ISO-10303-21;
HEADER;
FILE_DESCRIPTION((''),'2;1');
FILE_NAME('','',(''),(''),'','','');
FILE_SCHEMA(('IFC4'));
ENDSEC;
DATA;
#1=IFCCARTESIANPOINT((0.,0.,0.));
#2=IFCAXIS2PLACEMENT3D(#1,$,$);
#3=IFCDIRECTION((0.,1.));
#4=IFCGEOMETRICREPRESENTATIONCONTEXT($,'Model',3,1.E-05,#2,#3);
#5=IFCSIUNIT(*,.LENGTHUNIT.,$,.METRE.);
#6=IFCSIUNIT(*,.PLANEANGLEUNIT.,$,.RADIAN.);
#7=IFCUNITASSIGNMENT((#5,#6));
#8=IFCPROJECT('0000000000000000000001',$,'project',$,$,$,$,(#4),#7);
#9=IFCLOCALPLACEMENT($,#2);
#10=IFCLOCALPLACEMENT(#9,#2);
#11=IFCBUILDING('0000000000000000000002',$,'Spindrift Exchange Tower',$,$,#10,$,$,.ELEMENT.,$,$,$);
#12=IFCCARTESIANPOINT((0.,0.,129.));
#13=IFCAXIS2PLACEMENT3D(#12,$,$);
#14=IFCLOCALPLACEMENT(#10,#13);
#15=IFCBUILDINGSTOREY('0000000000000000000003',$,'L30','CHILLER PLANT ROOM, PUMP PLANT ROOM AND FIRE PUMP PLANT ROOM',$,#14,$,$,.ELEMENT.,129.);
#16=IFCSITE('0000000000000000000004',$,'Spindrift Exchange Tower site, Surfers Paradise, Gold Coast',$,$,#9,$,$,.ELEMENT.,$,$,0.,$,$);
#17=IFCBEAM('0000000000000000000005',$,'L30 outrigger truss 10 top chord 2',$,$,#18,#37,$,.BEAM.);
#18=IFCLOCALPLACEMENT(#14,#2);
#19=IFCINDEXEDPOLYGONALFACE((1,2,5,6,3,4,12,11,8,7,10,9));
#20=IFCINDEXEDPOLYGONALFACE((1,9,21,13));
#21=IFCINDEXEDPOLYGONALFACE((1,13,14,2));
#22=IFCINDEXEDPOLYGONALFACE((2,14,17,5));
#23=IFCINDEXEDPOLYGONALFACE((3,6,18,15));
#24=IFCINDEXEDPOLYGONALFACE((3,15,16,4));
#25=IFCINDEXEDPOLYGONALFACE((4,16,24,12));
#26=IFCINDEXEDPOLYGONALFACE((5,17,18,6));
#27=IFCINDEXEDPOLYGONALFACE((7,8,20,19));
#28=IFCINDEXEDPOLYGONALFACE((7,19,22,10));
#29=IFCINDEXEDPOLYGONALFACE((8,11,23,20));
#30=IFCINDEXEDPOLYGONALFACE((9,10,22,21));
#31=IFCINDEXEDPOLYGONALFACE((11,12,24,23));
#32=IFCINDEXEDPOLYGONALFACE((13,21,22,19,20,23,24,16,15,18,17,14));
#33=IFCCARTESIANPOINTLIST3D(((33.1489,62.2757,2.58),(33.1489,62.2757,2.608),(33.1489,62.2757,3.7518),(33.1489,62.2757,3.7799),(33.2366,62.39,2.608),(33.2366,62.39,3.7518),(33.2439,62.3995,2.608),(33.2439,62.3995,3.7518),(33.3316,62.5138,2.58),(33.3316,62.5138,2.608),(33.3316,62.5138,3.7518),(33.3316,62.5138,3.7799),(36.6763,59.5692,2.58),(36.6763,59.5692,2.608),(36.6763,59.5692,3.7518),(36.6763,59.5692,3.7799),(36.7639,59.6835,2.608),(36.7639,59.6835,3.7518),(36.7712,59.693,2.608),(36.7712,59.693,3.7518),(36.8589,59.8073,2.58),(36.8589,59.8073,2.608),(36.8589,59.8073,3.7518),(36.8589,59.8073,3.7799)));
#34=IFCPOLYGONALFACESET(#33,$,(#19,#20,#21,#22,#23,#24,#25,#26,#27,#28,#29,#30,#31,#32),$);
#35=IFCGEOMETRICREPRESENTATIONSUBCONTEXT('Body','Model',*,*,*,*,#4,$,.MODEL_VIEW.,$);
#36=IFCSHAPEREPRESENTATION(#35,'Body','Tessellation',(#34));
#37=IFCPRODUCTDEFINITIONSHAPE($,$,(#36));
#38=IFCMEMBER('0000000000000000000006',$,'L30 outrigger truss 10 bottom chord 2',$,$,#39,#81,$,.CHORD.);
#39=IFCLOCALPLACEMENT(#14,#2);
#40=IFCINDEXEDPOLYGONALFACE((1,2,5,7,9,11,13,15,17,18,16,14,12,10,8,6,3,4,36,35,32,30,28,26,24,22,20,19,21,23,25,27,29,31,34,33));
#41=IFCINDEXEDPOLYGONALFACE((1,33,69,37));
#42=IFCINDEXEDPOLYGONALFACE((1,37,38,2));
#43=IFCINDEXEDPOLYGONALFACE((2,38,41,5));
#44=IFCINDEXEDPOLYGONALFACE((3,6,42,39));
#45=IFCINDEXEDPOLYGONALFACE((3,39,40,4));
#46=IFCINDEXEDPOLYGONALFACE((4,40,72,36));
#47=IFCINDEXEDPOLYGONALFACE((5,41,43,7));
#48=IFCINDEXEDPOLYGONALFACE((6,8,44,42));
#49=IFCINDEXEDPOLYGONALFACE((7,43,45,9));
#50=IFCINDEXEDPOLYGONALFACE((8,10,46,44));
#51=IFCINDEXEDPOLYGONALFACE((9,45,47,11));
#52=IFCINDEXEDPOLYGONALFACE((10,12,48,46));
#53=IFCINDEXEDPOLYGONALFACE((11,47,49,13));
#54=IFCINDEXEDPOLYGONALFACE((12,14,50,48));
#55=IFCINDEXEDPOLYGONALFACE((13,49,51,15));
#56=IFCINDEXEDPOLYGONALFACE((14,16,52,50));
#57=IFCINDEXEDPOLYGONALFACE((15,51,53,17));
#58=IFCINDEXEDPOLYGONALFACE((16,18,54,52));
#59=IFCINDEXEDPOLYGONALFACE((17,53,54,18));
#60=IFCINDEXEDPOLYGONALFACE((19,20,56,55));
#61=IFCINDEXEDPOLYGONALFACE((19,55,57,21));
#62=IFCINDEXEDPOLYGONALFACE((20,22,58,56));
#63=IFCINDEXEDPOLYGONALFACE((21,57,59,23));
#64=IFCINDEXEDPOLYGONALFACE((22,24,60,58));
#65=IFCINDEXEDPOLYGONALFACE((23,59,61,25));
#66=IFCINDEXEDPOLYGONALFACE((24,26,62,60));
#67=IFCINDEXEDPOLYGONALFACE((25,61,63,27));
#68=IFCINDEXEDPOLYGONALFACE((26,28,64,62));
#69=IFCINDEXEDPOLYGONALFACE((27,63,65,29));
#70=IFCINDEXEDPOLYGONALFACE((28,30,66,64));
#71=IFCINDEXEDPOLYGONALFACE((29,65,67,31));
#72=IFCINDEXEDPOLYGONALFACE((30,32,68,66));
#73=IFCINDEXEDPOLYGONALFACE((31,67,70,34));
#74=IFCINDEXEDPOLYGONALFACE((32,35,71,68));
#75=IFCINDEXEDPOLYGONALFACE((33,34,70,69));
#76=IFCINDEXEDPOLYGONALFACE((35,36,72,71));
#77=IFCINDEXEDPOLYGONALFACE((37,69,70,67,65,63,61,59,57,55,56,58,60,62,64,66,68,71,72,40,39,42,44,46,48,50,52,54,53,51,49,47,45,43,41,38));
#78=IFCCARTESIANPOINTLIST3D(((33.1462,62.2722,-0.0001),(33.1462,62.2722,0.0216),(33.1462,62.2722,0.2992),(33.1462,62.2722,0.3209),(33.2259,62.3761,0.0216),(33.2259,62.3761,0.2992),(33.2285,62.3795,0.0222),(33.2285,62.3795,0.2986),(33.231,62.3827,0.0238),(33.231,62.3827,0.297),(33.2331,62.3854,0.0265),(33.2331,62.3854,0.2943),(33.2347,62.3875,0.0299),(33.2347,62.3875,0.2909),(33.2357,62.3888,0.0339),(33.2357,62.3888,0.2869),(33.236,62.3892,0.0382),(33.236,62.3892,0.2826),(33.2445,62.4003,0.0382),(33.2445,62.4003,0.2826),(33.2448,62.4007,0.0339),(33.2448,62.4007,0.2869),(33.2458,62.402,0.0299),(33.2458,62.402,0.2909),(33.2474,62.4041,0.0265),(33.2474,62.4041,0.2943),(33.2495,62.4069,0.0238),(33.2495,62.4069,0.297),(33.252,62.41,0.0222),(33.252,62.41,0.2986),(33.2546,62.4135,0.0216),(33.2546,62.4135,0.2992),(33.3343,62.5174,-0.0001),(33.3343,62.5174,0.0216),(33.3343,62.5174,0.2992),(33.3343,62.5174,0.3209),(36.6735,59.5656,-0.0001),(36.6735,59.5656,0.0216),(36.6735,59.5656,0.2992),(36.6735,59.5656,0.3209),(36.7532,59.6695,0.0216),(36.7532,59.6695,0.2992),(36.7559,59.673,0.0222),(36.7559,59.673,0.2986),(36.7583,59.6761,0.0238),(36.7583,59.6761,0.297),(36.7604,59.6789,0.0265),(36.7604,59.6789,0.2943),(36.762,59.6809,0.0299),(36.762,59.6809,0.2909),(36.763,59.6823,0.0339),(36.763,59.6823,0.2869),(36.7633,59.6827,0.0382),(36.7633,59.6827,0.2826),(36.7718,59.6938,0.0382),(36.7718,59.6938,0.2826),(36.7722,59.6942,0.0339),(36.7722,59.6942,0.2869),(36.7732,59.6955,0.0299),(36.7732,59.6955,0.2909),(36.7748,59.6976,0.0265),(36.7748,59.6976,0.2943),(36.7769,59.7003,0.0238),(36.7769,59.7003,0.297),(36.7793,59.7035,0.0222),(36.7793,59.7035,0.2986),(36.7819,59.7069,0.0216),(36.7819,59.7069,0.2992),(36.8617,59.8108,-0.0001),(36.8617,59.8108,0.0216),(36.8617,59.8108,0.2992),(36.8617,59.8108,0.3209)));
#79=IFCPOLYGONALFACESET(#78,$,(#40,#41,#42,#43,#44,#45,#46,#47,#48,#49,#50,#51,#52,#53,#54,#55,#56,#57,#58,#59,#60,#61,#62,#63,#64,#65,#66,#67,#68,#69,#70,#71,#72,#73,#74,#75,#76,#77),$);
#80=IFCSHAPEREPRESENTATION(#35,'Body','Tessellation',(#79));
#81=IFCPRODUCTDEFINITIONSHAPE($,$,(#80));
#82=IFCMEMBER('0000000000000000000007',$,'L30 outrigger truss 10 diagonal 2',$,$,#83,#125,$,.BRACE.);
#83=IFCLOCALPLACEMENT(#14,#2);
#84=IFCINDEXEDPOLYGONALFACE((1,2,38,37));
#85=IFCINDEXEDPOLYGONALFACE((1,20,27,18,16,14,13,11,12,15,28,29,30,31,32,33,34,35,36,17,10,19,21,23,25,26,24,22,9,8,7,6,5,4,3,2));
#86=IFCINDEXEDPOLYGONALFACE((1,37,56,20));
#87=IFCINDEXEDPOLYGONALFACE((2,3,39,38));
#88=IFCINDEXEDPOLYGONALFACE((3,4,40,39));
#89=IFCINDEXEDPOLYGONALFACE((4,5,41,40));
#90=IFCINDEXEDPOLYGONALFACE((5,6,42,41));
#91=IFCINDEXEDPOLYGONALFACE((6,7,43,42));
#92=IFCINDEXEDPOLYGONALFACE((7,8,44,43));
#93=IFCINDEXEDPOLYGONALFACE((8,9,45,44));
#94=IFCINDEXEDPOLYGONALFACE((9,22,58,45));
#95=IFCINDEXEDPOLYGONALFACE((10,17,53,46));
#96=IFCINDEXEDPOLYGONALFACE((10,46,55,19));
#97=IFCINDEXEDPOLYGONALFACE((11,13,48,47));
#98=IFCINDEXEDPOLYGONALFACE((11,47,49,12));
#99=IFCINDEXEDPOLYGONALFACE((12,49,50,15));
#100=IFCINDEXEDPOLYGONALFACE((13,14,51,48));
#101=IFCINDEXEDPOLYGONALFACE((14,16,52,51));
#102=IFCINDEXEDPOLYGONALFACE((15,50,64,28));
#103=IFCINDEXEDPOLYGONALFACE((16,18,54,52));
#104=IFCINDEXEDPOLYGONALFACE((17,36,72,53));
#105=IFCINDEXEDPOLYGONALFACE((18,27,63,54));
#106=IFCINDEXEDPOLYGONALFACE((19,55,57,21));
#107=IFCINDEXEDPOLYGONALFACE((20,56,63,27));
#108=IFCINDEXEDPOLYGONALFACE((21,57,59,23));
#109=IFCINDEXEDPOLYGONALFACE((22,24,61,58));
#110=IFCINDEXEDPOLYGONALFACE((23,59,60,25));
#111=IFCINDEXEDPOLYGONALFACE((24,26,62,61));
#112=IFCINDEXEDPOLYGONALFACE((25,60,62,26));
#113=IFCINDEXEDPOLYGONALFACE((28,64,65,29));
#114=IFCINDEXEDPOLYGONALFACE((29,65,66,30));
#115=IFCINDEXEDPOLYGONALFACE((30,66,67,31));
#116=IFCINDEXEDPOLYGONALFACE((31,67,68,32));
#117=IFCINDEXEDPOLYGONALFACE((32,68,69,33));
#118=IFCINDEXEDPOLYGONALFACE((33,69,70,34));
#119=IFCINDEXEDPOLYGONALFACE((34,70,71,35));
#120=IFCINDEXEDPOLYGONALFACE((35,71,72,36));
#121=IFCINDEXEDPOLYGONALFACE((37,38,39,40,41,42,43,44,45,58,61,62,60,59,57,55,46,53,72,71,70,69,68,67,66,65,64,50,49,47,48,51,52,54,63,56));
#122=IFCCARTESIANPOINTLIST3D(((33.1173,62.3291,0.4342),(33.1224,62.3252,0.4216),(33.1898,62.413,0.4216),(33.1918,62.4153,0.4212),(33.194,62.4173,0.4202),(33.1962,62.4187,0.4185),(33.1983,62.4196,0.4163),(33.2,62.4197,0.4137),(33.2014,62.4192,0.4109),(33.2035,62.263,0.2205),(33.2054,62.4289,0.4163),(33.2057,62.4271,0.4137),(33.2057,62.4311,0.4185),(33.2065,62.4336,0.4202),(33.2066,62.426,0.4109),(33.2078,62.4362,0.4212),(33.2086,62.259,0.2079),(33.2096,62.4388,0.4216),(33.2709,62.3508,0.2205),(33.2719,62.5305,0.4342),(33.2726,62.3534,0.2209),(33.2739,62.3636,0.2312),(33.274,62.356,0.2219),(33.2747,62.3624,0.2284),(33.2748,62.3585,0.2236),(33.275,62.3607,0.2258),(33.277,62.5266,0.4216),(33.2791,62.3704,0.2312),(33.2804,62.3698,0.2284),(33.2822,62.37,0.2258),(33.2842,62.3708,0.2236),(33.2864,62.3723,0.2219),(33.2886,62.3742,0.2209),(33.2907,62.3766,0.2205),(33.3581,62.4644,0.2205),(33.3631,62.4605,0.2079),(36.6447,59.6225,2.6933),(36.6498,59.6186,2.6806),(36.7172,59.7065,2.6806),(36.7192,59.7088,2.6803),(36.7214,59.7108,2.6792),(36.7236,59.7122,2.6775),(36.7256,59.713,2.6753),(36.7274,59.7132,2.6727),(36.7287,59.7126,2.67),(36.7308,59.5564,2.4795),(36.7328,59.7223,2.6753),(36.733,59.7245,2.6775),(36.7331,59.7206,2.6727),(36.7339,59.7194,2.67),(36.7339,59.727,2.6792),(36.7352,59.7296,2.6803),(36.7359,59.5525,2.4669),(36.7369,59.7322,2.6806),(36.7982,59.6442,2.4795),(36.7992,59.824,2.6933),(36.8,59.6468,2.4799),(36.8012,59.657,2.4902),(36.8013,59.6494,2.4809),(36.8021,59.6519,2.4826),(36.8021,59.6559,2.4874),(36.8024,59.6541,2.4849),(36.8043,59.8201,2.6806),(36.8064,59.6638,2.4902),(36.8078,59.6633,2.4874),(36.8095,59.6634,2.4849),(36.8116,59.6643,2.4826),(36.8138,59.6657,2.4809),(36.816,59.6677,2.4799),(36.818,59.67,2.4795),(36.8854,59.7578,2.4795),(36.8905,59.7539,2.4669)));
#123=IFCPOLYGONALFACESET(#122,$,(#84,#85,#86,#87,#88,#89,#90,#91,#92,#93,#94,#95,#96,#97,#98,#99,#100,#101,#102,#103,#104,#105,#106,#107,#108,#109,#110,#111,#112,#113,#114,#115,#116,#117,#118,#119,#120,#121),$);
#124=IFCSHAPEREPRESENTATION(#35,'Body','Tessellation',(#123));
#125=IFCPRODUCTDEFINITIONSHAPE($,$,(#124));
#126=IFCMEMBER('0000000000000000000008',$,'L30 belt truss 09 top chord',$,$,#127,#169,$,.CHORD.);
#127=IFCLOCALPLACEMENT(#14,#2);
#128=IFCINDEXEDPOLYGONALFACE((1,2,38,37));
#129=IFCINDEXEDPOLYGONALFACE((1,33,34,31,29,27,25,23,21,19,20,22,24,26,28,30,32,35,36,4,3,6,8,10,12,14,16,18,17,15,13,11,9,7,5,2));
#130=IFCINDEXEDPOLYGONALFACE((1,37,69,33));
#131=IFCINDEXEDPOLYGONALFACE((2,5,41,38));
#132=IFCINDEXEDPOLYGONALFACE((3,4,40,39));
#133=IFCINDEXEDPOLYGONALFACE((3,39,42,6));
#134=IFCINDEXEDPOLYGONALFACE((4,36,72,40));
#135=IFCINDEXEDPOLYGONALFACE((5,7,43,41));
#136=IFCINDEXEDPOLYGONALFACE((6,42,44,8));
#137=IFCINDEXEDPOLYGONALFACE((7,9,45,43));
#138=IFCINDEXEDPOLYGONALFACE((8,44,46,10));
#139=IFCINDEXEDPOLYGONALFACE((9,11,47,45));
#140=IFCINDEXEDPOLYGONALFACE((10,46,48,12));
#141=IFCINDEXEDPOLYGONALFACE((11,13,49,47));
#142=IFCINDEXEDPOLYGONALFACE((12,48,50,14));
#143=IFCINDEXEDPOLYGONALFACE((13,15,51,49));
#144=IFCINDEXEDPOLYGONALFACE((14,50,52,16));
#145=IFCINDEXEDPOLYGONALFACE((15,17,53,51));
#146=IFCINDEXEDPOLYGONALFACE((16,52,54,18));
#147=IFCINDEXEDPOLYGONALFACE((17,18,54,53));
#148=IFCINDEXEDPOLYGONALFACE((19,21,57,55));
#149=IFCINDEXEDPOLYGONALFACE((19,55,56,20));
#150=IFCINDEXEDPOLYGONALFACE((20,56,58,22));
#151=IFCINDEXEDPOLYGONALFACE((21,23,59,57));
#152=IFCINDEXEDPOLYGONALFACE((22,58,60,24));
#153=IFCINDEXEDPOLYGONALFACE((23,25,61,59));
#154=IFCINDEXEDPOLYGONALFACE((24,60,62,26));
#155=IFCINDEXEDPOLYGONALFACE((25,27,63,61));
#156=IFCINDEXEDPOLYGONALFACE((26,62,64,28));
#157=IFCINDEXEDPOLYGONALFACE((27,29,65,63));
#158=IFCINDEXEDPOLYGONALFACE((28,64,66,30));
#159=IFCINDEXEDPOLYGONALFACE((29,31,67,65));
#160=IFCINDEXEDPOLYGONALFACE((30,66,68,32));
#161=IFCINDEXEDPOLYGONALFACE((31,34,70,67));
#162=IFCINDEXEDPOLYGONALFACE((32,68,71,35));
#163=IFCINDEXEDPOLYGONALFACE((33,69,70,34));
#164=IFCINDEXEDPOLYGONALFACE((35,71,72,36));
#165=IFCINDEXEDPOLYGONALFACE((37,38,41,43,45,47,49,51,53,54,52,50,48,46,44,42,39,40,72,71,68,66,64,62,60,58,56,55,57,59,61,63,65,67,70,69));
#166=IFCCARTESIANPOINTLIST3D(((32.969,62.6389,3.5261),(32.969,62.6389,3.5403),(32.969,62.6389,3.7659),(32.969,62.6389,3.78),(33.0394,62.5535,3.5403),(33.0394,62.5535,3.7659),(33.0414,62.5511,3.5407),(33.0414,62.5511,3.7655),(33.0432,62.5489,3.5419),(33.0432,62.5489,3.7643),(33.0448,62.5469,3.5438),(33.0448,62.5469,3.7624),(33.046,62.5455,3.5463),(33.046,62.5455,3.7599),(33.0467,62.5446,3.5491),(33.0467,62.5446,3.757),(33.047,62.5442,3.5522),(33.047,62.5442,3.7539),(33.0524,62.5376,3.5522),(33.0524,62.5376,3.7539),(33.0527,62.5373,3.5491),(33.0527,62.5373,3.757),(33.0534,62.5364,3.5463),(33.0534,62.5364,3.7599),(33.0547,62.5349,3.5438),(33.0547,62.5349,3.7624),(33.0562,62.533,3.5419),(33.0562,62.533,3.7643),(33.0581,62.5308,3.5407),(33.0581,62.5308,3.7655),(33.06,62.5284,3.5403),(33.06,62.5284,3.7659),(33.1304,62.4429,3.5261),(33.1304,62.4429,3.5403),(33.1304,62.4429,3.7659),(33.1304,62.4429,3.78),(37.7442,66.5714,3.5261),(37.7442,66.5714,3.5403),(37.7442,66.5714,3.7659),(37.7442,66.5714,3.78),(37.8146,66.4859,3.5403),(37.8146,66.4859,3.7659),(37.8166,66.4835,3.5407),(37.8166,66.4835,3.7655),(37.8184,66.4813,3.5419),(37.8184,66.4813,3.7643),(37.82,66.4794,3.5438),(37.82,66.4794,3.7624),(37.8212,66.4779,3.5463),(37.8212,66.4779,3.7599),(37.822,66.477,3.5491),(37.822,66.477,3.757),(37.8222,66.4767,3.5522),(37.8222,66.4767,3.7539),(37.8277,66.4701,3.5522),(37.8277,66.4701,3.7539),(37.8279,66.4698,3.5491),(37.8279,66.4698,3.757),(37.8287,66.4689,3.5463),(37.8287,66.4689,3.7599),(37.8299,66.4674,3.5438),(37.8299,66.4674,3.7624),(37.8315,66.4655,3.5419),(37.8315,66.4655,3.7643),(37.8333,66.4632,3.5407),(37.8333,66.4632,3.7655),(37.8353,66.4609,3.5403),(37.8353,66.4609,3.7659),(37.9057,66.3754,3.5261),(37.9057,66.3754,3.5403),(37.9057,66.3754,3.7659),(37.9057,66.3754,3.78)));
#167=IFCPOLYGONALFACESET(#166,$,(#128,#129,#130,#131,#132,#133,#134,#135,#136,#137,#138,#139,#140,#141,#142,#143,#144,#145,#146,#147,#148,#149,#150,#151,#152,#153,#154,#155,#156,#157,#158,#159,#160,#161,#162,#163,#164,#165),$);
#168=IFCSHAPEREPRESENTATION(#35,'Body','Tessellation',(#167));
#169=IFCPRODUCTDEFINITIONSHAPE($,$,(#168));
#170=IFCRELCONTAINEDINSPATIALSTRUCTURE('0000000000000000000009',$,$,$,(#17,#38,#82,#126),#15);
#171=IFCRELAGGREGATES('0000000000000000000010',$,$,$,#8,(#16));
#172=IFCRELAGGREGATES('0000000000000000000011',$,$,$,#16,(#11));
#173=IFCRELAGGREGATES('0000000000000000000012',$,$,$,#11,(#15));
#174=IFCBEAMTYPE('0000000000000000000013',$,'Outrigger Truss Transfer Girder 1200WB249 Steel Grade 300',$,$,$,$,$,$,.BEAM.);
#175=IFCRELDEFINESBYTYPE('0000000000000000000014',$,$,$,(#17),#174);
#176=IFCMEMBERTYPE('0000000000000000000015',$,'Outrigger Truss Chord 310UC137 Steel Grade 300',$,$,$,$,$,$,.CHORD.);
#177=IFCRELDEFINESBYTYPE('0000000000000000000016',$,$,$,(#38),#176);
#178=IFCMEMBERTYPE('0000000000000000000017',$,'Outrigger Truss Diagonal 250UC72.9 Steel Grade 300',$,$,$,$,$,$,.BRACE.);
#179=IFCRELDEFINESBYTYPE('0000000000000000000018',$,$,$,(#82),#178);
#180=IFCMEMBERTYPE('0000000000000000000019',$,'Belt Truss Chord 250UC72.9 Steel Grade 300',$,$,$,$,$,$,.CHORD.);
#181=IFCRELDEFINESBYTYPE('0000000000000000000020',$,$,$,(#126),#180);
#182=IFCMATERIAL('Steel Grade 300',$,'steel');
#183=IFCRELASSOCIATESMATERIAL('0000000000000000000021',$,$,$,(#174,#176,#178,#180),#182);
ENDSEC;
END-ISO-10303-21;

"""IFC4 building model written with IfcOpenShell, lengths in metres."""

from ifc_helpers import new_model, si_unit, direction, frame, origin, origin_2d, place, context, subcontext, project, spatial, i_section, extrude, source, transform, mapped, material, material_profile, profile_set, type_object, element, save


model = new_model("IFC4")

# Units and contexts
model_context = context("Model", 3, precision=1e-05, world=origin(), true_north=direction((0.0, 1.0)))
body_context = subcontext(model_context, "Body", "Model", "MODEL_VIEW")
ifc_project = project(units=[si_unit("LENGTHUNIT", "METRE"), si_unit("PLANEANGLEUNIT", "RADIAN")], contexts=[model_context])

# Site, building, storey
site_placement = place(None, origin())
site = spatial("IfcSite", under=ifc_project, at=site_placement, Name="Spindrift Exchange Tower site, Surfers Paradise, Gold Coast", CompositionType="ELEMENT", RefElevation=0.0)
building_placement = place(site_placement, origin())
building = spatial("IfcBuilding", under=site, at=building_placement, Name="Spindrift Exchange Tower", CompositionType="ELEMENT")
storey_placement = place(building_placement, frame((0.0, 0.0, 129.0)))
storey = spatial("IfcBuildingStorey", under=building, at=storey_placement, Name="L30", Description="CHILLER PLANT ROOM, PUMP PLANT ROOM AND FIRE PUMP PLANT ROOM", CompositionType="ELEMENT", Elevation=129.0)

# Shared definitions
ifc_material_1 = material(Name="Steel Grade 300", Category="steel")
ifc_material_profile_1 = material_profile(ifc_material_1, i_section(OverallWidth=0.3, OverallDepth=1.2, WebThickness=0.012, FlangeThickness=0.0281, at=origin_2d()), Name="1200WB249")
ifc_profile_set_1 = profile_set([ifc_material_profile_1], Name="Steel Grade 300")
beam_type_1 = type_object("IfcBeamType", Name="Outrigger Truss Transfer Girder 1200WB249 Steel Grade 300", PredefinedType="BEAM", material=ifc_profile_set_1)

# Shared definitions
ifc_material_profile_2 = material_profile(ifc_material_1, i_section(OverallWidth=0.3091, OverallDepth=0.321, WebThickness=0.0139, FlangeThickness=0.0217, FilletRadius=0.0166, at=origin_2d()), Name="310UC137")
ifc_profile_set_2 = profile_set([ifc_material_profile_2], Name="Steel Grade 300")
member_type_1 = type_object("IfcMemberType", Name="Outrigger Truss Chord 310UC137 Steel Grade 300", PredefinedType="CHORD", material=ifc_profile_set_2)

# Beam
shared_shape_1 = source(origin(), body_context, "Body", "SweptSolid", [
    extrude(i_section(OverallWidth=0.3, OverallDepth=1.2, WebThickness=0.012, FlangeThickness=0.0281, at=origin_2d()), origin(), (0.0, 0.0, 1.0), 4.446),
])
beam_1_placement = place(storey_placement, frame((36.7676, 59.6882, 3.1799), z_axis=(-0.793362, 0.60875, 0.0), x_axis=(-0.60875, -0.793362, 0.0)))
element("IfcBeam", 1, at=beam_1_placement, inside=storey, type_object=beam_type_1, Name="L30 outrigger truss 10 top chord 2", PredefinedType="BEAM", context=body_context, shape_type="MappedRepresentation", body=[
    mapped(shared_shape_1, transform((0.0, 0.0, 0.0), scale=1.0)),
])

# Members
shared_shape_2 = source(origin(), body_context, "Body", "SweptSolid", [
    extrude(i_section(OverallWidth=0.3091, OverallDepth=0.321, WebThickness=0.0139, FlangeThickness=0.0217, FilletRadius=0.0166, at=origin_2d()), origin(), (0.0, 0.0, 1.0), 4.446),
])
member_1_placement = place(storey_placement, frame((36.7676, 59.6882, 0.1604), z_axis=(-0.793362, 0.60875, 0.0), x_axis=(-0.60875, -0.793362, 0.0)))
element("IfcMember", 2, at=member_1_placement, inside=storey, type_object=member_type_1, Name="L30 outrigger truss 10 bottom chord 2", PredefinedType="CHORD", context=body_context, shape_type="MappedRepresentation", body=[
    mapped(shared_shape_2, transform((0.0, 0.0, 0.0), scale=1.0)),
])
ifc_material_profile_3 = material_profile(ifc_material_1, i_section(OverallWidth=0.2539, OverallDepth=0.2539, WebThickness=0.0085, FlangeThickness=0.0142, FilletRadius=0.012, at=origin_2d()), Name="250UC72.9")
ifc_profile_set_3 = profile_set([ifc_material_profile_3], Name="Steel Grade 300")
member_type_2 = type_object("IfcMemberType", Name="Outrigger Truss Diagonal 250UC72.9 Steel Grade 300", PredefinedType="BRACE", material=ifc_profile_set_3)
shared_shape_3 = source(origin(), body_context, "Body", "SweptSolid", [
    extrude(i_section(OverallWidth=0.2539, OverallDepth=0.2539, WebThickness=0.0085, FlangeThickness=0.0142, FilletRadius=0.012, at=origin_2d()), origin(), (0.0, 0.0, 1.0), 4.9871),
])
member_2_placement = place(storey_placement, frame((36.7676, 59.6882, 2.5801), z_axis=(-0.707299, 0.542713, -0.452979), x_axis=(-0.60875, -0.793362, 0.0)))
element("IfcMember", 3, at=member_2_placement, inside=storey, type_object=member_type_2, Name="L30 outrigger truss 10 diagonal 2", PredefinedType="BRACE", context=body_context, shape_type="MappedRepresentation", body=[
    mapped(shared_shape_3, transform((0.0, 0.0, 0.0), scale=1.0)),
])
ifc_material_profile_4 = material_profile(ifc_material_1, i_section(OverallWidth=0.2539, OverallDepth=0.2539, WebThickness=0.0085, FlangeThickness=0.0142, FilletRadius=0.012, at=origin_2d()), Name="250UC72.9")
ifc_profile_set_4 = profile_set([ifc_material_profile_4], Name="Steel Grade 300")
member_type_3 = type_object("IfcMemberType", Name="Belt Truss Chord 250UC72.9 Steel Grade 300", PredefinedType="CHORD", material=ifc_profile_set_4)
shared_shape_4 = source(origin(), body_context, "Body", "SweptSolid", [
    extrude(i_section(OverallWidth=0.2539, OverallDepth=0.2539, WebThickness=0.0085, FlangeThickness=0.0142, FilletRadius=0.012, at=origin_2d()), origin(), (0.0, 0.0, 1.0), 6.186),
])
for number, where, z_axis, x_axis, name in (
    (4, (37.825, 66.4734, 3.6531), (-0.771938, -0.635698, 0.0), (0.635698, -0.771938, 0.0), "L30 belt truss 09 top chord"),
):
    element("IfcMember", number, at=place(storey_placement, frame(where, z_axis=z_axis, x_axis=x_axis)), inside=storey, type_object=member_type_3, Name=name, PredefinedType="CHORD", context=body_context, shape_type="MappedRepresentation", body=[
        mapped(shared_shape_4, transform((0.0, 0.0, 0.0), scale=1.0)),
    ])

save(model, "model.ifc")
